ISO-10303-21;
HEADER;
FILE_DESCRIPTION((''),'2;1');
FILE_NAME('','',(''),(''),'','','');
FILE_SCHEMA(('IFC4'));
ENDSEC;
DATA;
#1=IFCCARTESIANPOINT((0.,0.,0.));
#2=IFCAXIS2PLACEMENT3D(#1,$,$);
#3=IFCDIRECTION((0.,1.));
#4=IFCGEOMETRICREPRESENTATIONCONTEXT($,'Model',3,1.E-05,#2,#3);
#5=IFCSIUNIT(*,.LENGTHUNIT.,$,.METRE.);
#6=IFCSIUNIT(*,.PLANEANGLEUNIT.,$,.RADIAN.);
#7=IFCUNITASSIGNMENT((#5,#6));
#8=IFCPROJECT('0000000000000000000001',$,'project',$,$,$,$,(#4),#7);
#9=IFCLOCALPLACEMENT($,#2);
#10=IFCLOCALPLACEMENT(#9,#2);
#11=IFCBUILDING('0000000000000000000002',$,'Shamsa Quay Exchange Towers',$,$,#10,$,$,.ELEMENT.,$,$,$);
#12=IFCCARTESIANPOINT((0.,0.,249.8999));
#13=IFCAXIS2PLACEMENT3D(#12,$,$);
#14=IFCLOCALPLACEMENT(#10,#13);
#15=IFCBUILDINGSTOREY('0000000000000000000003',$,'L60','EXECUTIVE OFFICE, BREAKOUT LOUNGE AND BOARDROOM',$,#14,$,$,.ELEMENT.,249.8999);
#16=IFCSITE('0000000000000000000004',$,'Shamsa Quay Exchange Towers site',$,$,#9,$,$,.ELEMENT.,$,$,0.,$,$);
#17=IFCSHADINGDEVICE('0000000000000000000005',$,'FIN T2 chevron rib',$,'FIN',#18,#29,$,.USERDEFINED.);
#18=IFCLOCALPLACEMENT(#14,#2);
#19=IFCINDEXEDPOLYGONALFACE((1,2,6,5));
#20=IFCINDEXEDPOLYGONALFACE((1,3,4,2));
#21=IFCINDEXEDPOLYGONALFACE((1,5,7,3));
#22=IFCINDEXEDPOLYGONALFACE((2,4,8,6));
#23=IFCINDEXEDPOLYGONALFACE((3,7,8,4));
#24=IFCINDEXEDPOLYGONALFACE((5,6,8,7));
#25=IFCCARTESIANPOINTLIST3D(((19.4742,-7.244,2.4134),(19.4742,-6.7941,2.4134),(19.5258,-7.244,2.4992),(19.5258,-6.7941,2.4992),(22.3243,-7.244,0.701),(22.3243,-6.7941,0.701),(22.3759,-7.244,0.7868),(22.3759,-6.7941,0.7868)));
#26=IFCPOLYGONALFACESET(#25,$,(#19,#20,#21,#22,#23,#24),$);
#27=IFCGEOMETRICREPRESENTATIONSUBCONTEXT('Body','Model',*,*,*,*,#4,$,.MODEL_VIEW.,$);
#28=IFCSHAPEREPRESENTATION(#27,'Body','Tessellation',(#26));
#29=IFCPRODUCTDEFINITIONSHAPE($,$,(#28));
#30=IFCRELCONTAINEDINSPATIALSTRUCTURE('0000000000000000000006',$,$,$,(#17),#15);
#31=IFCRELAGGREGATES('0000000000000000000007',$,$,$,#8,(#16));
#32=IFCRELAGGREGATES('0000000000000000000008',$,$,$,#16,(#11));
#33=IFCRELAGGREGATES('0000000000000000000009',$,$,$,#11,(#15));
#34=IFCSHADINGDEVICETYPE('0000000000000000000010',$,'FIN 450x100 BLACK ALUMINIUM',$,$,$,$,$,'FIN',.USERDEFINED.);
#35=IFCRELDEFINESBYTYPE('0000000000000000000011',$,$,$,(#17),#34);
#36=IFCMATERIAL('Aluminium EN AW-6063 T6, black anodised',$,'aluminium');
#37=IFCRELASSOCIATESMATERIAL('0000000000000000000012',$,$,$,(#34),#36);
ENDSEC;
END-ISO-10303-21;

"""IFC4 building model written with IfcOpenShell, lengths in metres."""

from ifc_helpers import new_model, si_unit, direction, frame, origin, origin_2d, place, context, subcontext, project, spatial, rectangle, extrude, material, material_profile, profile_set, type_object, element, save


model = new_model("IFC4")

# Units and contexts
model_context = context("Model", 3, precision=1e-05, world=origin(), true_north=direction((0.0, 1.0)))
body_context = subcontext(model_context, "Body", "Model", "MODEL_VIEW")
ifc_project = project(units=[si_unit("LENGTHUNIT", "METRE"), si_unit("PLANEANGLEUNIT", "RADIAN")], contexts=[model_context])

# Site, building, storey
site_placement = place(None, origin())
site = spatial("IfcSite", under=ifc_project, at=site_placement, Name="Shamsa Quay Exchange Towers site", CompositionType="ELEMENT", RefElevation=0.0)
building_placement = place(site_placement, origin())
building = spatial("IfcBuilding", under=site, at=building_placement, Name="Shamsa Quay Exchange Towers", CompositionType="ELEMENT")
storey_placement = place(building_placement, frame((0.0, 0.0, 249.8999)))
storey = spatial("IfcBuildingStorey", under=building, at=storey_placement, Name="L60", Description="EXECUTIVE OFFICE, BREAKOUT LOUNGE AND BOARDROOM", CompositionType="ELEMENT", Elevation=249.8999)

# Shared definitions
ifc_material_1 = material(Name="Aluminium EN AW-6063 T6, black anodised", Category="aluminium")

# Shading device
ifc_material_profile_1 = material_profile(ifc_material_1, rectangle(XDim=0.45, YDim=0.1001, at=origin_2d()), Name="FIN450x100")
ifc_profile_set_1 = profile_set([ifc_material_profile_1], Name="Aluminium EN AW-6063 T6, black anodised")
shading_device_type = type_object("IfcShadingDeviceType", Name="FIN 450x100 BLACK ALUMINIUM", ElementType="FIN", PredefinedType="USERDEFINED", material=ifc_profile_set_1)
shading_device_1_placement = place(storey_placement, frame((19.5, -7.019, 2.4563), z_axis=(0.857182, 0.0, -0.515014), x_axis=(0.0, 1.0, 0.0)))
element("IfcShadingDevice", 1, at=shading_device_1_placement, inside=storey, type_object=shading_device_type, Name="FIN T2 chevron rib", ObjectType="FIN", PredefinedType="USERDEFINED", context=body_context, shape_type="SweptSolid", body=[
    extrude(rectangle(XDim=0.45, YDim=0.1001, at=origin_2d()), origin(), (0.0, 0.0, 1.0), 3.325),
])

save(model, "model.ifc")
